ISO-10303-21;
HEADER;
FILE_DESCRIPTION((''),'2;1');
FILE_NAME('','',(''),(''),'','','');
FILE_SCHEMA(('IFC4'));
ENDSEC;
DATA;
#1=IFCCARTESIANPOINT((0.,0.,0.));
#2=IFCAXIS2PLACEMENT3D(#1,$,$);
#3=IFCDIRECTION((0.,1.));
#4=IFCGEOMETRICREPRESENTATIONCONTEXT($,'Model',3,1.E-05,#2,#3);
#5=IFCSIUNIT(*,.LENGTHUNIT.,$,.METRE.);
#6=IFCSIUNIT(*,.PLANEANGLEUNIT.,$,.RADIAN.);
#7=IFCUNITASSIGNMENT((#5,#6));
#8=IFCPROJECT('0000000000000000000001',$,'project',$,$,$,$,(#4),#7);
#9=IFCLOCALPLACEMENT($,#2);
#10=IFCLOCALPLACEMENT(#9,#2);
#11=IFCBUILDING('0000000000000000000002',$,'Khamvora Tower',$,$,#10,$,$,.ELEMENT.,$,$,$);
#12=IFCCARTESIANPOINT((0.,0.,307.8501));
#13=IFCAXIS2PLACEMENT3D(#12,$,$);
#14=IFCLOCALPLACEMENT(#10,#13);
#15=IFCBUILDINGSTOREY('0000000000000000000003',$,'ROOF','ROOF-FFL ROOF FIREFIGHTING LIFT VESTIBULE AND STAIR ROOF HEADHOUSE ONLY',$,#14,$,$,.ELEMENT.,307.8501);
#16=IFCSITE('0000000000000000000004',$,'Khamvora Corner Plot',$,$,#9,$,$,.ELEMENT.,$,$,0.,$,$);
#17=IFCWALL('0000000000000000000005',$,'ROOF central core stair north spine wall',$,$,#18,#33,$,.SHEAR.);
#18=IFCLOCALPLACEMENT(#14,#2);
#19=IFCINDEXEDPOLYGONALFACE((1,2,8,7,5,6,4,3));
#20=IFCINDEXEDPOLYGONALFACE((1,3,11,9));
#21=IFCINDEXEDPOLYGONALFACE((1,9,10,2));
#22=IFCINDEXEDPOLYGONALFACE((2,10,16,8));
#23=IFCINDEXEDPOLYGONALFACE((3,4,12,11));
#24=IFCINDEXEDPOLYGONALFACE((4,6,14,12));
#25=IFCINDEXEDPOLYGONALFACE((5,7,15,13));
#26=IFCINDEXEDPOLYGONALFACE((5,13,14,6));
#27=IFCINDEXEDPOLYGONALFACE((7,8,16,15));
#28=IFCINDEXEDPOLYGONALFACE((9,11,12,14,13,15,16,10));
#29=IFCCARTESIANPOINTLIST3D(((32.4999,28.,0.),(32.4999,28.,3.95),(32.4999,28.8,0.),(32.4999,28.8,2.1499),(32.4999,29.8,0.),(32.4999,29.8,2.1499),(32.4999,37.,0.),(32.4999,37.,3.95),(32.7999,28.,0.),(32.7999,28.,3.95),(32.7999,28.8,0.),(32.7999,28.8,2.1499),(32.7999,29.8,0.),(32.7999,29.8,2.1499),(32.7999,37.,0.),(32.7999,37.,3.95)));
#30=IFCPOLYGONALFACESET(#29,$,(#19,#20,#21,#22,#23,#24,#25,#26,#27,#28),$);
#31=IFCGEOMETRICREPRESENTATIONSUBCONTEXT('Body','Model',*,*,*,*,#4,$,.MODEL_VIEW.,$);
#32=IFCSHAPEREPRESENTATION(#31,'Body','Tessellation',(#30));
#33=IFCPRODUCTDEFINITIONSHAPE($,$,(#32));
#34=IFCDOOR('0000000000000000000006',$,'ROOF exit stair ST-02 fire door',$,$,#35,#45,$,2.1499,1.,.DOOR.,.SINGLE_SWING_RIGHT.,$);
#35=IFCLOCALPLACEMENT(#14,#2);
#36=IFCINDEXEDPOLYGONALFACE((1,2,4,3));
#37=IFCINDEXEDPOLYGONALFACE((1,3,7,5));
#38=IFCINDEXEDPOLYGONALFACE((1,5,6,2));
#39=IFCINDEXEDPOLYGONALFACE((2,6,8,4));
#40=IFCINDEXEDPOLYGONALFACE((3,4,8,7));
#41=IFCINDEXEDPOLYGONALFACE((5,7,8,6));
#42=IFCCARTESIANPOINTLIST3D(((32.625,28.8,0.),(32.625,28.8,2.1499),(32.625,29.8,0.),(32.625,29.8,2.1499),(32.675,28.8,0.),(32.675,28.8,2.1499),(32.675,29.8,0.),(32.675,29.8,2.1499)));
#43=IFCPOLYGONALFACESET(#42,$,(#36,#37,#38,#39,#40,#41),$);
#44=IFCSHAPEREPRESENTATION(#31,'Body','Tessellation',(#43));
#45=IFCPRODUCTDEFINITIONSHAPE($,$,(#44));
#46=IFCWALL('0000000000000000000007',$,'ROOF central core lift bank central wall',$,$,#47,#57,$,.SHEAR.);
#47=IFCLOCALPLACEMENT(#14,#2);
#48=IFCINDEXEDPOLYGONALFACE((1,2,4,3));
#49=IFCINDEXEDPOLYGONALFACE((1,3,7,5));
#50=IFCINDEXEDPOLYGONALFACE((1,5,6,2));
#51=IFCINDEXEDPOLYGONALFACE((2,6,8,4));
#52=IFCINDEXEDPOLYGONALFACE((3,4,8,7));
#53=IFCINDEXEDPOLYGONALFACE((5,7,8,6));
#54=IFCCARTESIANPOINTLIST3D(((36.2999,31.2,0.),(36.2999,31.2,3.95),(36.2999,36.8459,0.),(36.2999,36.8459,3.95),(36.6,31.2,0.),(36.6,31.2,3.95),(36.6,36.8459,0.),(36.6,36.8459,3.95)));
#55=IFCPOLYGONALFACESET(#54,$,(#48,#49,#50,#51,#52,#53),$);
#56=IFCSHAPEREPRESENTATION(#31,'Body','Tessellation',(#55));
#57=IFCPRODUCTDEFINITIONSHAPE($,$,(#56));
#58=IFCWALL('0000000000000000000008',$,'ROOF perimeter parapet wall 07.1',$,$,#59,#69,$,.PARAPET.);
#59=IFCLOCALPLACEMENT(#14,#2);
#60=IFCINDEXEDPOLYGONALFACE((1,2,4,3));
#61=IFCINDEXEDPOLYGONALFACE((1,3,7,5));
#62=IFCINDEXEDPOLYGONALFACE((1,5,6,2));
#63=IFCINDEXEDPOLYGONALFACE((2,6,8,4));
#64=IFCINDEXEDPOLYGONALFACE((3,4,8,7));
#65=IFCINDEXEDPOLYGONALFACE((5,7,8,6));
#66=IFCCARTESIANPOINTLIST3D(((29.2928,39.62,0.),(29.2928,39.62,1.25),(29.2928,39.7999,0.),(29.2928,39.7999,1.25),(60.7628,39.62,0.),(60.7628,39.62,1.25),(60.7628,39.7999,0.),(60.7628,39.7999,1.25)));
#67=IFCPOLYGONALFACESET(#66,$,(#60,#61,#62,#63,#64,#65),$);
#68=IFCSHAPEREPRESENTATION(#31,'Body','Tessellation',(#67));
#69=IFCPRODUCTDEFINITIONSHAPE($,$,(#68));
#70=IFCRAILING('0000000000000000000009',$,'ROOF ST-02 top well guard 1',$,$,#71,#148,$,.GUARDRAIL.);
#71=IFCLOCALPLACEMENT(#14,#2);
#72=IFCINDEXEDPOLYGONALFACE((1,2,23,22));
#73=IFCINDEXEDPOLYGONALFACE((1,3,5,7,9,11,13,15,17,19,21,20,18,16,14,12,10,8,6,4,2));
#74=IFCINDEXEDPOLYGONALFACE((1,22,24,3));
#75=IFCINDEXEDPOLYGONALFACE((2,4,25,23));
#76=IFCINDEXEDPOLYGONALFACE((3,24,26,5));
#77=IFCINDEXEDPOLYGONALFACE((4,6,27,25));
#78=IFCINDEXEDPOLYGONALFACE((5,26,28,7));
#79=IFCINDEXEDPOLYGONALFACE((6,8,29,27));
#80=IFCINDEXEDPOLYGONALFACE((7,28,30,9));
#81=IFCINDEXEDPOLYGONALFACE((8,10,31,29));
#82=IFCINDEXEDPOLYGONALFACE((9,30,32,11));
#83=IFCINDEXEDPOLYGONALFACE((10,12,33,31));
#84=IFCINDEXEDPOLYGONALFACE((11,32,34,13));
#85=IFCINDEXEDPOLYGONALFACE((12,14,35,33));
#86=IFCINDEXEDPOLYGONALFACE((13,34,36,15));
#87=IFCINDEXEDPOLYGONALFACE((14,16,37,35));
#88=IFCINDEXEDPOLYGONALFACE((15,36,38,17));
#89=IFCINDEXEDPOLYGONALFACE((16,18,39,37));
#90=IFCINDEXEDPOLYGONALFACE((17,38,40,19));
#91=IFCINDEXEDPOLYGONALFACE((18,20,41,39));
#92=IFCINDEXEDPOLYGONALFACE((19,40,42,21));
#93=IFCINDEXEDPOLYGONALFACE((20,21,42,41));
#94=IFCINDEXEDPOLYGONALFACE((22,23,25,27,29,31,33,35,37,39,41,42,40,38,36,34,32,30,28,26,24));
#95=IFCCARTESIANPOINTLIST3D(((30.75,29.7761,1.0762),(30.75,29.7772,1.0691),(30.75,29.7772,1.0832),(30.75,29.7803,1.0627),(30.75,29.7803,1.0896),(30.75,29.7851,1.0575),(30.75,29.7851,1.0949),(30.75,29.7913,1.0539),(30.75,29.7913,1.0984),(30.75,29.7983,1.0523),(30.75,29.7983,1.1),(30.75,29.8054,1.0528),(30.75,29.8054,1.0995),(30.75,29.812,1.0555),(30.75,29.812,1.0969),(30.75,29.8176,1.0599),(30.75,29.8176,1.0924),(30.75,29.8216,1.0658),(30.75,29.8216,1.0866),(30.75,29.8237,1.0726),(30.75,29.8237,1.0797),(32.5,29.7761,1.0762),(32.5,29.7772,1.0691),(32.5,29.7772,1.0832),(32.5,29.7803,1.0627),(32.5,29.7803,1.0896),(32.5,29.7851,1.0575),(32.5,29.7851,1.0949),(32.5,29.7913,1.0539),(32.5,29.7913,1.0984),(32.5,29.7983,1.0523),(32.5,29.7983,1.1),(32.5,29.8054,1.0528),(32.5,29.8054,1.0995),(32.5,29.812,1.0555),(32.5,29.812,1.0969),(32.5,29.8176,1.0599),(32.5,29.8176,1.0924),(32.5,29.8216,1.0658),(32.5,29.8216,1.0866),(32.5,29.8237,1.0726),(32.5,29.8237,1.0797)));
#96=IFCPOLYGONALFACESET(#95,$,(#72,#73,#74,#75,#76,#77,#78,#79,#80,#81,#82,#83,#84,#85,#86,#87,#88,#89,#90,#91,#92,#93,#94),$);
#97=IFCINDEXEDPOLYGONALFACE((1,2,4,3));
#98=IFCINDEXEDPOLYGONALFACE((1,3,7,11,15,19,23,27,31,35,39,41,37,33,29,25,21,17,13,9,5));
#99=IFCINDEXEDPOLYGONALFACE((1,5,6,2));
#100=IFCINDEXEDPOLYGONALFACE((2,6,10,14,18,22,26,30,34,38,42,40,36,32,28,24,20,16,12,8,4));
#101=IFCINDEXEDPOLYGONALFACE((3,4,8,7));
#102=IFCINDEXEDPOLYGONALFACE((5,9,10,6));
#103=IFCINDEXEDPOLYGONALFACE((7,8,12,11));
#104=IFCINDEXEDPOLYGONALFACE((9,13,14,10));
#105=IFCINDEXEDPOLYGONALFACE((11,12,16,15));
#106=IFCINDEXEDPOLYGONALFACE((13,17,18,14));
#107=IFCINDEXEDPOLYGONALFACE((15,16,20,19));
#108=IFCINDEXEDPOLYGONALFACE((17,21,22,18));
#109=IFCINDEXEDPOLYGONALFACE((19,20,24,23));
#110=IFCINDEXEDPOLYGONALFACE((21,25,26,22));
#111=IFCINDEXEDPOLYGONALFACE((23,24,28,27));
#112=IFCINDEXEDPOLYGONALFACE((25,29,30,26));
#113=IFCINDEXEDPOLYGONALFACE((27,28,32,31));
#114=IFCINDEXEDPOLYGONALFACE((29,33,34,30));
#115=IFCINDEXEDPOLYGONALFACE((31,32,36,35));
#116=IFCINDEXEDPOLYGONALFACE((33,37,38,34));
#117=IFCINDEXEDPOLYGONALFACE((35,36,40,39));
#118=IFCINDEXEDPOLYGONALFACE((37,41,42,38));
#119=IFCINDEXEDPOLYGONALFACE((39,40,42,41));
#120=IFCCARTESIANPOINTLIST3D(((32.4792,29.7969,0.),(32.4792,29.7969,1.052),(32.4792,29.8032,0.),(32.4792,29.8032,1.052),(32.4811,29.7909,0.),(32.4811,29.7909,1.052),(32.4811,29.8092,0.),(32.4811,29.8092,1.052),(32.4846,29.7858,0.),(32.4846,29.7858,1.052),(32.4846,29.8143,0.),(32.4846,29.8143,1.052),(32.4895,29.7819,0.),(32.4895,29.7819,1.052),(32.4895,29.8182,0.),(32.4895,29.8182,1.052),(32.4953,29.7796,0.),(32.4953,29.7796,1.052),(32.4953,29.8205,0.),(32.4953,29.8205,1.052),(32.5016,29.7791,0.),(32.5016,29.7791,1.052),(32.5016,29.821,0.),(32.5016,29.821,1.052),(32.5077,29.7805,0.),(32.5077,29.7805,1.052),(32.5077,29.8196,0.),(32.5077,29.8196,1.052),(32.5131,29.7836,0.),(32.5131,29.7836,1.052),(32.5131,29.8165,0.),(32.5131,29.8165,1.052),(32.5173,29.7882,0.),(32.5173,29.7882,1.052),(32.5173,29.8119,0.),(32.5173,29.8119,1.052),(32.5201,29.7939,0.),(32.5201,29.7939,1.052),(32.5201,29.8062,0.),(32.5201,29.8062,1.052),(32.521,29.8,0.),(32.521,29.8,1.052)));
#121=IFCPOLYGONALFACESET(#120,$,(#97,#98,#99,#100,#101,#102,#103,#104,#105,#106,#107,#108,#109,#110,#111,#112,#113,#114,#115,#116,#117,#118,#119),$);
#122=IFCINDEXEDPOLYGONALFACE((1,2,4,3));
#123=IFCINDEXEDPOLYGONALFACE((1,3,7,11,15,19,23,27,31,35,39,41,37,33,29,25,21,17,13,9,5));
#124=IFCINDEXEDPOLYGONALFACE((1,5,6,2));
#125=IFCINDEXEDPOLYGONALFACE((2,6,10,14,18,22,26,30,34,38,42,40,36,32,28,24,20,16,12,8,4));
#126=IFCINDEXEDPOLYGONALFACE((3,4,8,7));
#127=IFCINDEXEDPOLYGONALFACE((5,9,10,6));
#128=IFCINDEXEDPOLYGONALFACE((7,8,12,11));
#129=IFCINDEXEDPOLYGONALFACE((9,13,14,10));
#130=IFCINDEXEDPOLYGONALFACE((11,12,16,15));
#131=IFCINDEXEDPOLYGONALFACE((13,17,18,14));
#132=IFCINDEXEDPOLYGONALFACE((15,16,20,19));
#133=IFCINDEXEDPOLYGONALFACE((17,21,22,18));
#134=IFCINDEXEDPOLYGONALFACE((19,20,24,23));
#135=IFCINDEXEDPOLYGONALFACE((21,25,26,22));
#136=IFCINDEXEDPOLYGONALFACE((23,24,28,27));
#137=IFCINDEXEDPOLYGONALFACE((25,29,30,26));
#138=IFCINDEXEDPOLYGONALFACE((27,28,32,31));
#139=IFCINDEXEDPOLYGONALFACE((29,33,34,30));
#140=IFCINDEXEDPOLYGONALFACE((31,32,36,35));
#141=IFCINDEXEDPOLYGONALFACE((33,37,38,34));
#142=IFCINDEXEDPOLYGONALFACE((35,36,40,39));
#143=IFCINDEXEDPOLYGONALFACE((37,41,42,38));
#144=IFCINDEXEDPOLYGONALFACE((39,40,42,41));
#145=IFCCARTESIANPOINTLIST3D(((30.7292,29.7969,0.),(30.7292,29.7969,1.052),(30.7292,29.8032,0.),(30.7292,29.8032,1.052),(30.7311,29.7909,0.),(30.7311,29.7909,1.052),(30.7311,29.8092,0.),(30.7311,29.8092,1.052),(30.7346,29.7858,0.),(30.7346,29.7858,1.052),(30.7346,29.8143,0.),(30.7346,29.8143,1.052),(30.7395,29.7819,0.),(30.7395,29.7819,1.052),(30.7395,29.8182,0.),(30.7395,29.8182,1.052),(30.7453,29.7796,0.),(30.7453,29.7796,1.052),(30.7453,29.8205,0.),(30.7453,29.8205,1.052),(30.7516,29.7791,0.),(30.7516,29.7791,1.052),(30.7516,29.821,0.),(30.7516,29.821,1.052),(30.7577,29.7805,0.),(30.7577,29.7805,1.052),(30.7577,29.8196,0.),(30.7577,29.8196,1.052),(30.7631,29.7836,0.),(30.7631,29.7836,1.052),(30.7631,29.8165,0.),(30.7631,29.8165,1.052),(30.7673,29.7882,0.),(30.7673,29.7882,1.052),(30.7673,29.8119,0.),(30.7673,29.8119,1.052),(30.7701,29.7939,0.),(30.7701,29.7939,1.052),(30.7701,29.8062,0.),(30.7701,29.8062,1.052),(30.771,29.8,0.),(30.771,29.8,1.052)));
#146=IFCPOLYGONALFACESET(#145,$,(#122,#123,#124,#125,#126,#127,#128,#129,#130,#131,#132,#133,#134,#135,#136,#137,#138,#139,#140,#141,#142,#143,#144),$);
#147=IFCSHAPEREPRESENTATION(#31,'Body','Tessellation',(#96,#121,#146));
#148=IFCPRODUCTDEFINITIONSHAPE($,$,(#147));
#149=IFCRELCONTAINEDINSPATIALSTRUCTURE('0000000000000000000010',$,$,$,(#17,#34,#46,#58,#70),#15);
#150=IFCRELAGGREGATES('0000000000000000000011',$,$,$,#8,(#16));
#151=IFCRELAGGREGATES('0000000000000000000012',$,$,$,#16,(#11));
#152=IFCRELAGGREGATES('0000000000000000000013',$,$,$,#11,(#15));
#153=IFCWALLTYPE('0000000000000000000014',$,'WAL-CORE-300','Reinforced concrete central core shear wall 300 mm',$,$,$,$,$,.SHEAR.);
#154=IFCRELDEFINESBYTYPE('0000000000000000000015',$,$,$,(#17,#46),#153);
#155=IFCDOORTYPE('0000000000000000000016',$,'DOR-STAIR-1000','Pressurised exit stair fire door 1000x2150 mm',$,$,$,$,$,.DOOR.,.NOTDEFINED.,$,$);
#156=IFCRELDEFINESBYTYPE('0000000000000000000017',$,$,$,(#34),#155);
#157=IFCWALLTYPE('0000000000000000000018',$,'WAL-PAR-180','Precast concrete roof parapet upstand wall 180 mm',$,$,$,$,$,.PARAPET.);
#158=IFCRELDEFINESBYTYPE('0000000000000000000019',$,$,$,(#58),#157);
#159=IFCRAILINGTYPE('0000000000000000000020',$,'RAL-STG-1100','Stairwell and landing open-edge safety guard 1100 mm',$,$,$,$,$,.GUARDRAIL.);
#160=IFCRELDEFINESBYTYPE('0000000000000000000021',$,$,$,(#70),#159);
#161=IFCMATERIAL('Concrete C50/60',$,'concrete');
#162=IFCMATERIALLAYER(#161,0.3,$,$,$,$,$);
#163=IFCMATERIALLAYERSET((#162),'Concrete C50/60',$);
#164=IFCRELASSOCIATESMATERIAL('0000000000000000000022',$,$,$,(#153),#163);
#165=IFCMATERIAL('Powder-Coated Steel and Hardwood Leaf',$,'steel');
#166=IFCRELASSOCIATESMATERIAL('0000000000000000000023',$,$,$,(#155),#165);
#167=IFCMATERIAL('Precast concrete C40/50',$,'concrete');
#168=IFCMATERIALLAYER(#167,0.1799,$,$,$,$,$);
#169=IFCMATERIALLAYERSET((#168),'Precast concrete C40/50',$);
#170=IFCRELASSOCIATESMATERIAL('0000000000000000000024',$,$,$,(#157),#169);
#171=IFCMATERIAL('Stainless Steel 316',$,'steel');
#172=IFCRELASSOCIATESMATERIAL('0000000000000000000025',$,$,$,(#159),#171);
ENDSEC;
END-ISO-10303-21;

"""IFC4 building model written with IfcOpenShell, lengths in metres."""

from ifc_helpers import new_model, si_unit, direction, frame, frame_2d, origin, origin_2d, place, context, subcontext, project, spatial, rectangle, circle, extrude, material, layer, layer_set, type_object, element, fill, save


model = new_model("IFC4")

# Units and contexts
model_context = context("Model", 3, precision=1e-05, world=origin(), true_north=direction((0.0, 1.0)))
body_context = subcontext(model_context, "Body", "Model", "MODEL_VIEW")
ifc_project = project(units=[si_unit("LENGTHUNIT", "METRE"), si_unit("PLANEANGLEUNIT", "RADIAN")], contexts=[model_context])

# Site, building, storey
site_placement = place(None, origin())
site = spatial("IfcSite", under=ifc_project, at=site_placement, Name="Khamvora Corner Plot", CompositionType="ELEMENT", RefElevation=0.0)
building_placement = place(site_placement, origin())
building = spatial("IfcBuilding", under=site, at=building_placement, Name="Khamvora Tower", CompositionType="ELEMENT")
storey_placement = place(building_placement, frame((0.0, 0.0, 307.8501)))
storey = spatial("IfcBuildingStorey", under=building, at=storey_placement, Name="ROOF", Description="ROOF-FFL ROOF FIREFIGHTING LIFT VESTIBULE AND STAIR ROOF HEADHOUSE ONLY", CompositionType="ELEMENT", Elevation=307.8501)

# Shared definitions
ifc_material_1 = material(Name="Concrete C50/60", Category="concrete")
ifc_layer_1 = layer(ifc_material_1, 0.3)
ifc_layer_set_1 = layer_set([ifc_layer_1], Name="Concrete C50/60")
wall_type_1 = type_object("IfcWallType", Name="WAL-CORE-300", Description="Reinforced concrete central core shear wall 300 mm", PredefinedType="SHEAR", material=ifc_layer_set_1)

# Wall, opening, door
wall_1_placement = place(storey_placement, frame((32.6499, 28.0, 0.0), z_axis=(0.0, 0.0, 1.0), x_axis=(0.0, 1.0, 0.0)))
wall_1 = element("IfcWall", 1, at=wall_1_placement, inside=storey, type_object=wall_type_1, Name="ROOF central core stair north spine wall", PredefinedType="SHEAR", context=body_context, shape_type="SweptSolid", body=[
    extrude(rectangle(XDim=9.0, YDim=0.3, at=frame_2d((4.5, 0.0))), origin(), (0.0, 0.0, 1.0), 3.95),
])
opening_placement = place(wall_1_placement, frame((0.8, 0.0, 0.0)))
opening = element("IfcOpeningElement", 2, at=opening_placement, cuts=wall_1, PredefinedType="OPENING", context=body_context, shape_type="SweptSolid", body=[
    extrude(rectangle(XDim=1.0, YDim=2.1499, at=frame_2d((0.5, 1.075))), frame((0.0, 0.1599, 0.0), z_axis=(0.0, -1.0, 0.0), x_axis=(1.0, 0.0, 0.0)), (0.0, 0.0, 1.0), 0.3201),
])
ifc_material_2 = material(Name="Powder-Coated Steel and Hardwood Leaf", Category="steel")
door_type = type_object("IfcDoorType", Name="DOR-STAIR-1000", Description="Pressurised exit stair fire door 1000x2150 mm", OperationType="NOTDEFINED", PredefinedType="DOOR", material=ifc_material_2)
door_placement = place(opening_placement, origin())
door = element("IfcDoor", 3, at=door_placement, inside=storey, type_object=door_type, Name="ROOF exit stair ST-02 fire door", OperationType="SINGLE_SWING_RIGHT", OverallHeight=2.1499, OverallWidth=1.0, PredefinedType="DOOR", context=body_context, shape_type="SweptSolid", body=[
    extrude(rectangle(XDim=1.0, YDim=2.1499, at=frame_2d((0.5, 1.075))), frame((0.0, 0.0249, 0.0), z_axis=(0.0, -1.0, 0.0), x_axis=(1.0, 0.0, 0.0)), (0.0, 0.0, 1.0), 0.05),
])
fill(opening, door)

# Walls
wall_2_placement = place(storey_placement, frame((36.45, 31.2, 0.0), z_axis=(0.0, 0.0, 1.0), x_axis=(0.0, 1.0, 0.0)))
element("IfcWall", 4, at=wall_2_placement, inside=storey, type_object=wall_type_1, Name="ROOF central core lift bank central wall", PredefinedType="SHEAR", context=body_context, shape_type="SweptSolid", body=[
    extrude(rectangle(XDim=5.646, YDim=0.3, at=frame_2d((2.823, 0.0))), origin(), (0.0, 0.0, 1.0), 3.95),
])
ifc_material_3 = material(Name="Precast concrete C40/50", Category="concrete")
ifc_layer_2 = layer(ifc_material_3, 0.1799)
ifc_layer_set_2 = layer_set([ifc_layer_2], Name="Precast concrete C40/50")
wall_type_2 = type_object("IfcWallType", Name="WAL-PAR-180", Description="Precast concrete roof parapet upstand wall 180 mm", PredefinedType="PARAPET", material=ifc_layer_set_2)
wall_3_placement = place(storey_placement, frame((29.293, 39.71, 0.0), z_axis=(0.0, 0.0, 1.0), x_axis=(1.0, 0.0, 0.0)))
element("IfcWall", 5, at=wall_3_placement, inside=storey, type_object=wall_type_2, Name="ROOF perimeter parapet wall 07.1", PredefinedType="PARAPET", context=body_context, shape_type="SweptSolid", body=[
    extrude(rectangle(XDim=31.47, YDim=0.1799, at=frame_2d((15.7349, 0.0))), origin(), (0.0, 0.0, 1.0), 1.25),
])

# Railing
ifc_material_4 = material(Name="Stainless Steel 316", Category="steel")
railing_type = type_object("IfcRailingType", Name="RAL-STG-1100", Description="Stairwell and landing open-edge safety guard 1100 mm", PredefinedType="GUARDRAIL", material=ifc_material_4)
railing_placement = place(storey_placement, frame((32.5, 29.8, 0.0)))
element("IfcRailing", 6, at=railing_placement, inside=storey, type_object=railing_type, Name="ROOF ST-02 top well guard 1", PredefinedType="GUARDRAIL", context=body_context, shape_type="SweptSolid", body=[
    extrude(circle(Radius=0.0239, at=origin_2d()), frame((0.0, 0.0, 1.0762), z_axis=(-1.0, 0.0, 0.0), x_axis=(0.0, -1.0, 0.0)), (0.0, 0.0, 1.0), 1.75),
    extrude(circle(Radius=0.021, at=origin_2d()), origin(), (0.0, 0.0, 1.0), 1.052),
    extrude(circle(Radius=0.021, at=origin_2d()), frame((-1.75, 0.0, 0.0)), (0.0, 0.0, 1.0), 1.052),
])

save(model, "model.ifc")
